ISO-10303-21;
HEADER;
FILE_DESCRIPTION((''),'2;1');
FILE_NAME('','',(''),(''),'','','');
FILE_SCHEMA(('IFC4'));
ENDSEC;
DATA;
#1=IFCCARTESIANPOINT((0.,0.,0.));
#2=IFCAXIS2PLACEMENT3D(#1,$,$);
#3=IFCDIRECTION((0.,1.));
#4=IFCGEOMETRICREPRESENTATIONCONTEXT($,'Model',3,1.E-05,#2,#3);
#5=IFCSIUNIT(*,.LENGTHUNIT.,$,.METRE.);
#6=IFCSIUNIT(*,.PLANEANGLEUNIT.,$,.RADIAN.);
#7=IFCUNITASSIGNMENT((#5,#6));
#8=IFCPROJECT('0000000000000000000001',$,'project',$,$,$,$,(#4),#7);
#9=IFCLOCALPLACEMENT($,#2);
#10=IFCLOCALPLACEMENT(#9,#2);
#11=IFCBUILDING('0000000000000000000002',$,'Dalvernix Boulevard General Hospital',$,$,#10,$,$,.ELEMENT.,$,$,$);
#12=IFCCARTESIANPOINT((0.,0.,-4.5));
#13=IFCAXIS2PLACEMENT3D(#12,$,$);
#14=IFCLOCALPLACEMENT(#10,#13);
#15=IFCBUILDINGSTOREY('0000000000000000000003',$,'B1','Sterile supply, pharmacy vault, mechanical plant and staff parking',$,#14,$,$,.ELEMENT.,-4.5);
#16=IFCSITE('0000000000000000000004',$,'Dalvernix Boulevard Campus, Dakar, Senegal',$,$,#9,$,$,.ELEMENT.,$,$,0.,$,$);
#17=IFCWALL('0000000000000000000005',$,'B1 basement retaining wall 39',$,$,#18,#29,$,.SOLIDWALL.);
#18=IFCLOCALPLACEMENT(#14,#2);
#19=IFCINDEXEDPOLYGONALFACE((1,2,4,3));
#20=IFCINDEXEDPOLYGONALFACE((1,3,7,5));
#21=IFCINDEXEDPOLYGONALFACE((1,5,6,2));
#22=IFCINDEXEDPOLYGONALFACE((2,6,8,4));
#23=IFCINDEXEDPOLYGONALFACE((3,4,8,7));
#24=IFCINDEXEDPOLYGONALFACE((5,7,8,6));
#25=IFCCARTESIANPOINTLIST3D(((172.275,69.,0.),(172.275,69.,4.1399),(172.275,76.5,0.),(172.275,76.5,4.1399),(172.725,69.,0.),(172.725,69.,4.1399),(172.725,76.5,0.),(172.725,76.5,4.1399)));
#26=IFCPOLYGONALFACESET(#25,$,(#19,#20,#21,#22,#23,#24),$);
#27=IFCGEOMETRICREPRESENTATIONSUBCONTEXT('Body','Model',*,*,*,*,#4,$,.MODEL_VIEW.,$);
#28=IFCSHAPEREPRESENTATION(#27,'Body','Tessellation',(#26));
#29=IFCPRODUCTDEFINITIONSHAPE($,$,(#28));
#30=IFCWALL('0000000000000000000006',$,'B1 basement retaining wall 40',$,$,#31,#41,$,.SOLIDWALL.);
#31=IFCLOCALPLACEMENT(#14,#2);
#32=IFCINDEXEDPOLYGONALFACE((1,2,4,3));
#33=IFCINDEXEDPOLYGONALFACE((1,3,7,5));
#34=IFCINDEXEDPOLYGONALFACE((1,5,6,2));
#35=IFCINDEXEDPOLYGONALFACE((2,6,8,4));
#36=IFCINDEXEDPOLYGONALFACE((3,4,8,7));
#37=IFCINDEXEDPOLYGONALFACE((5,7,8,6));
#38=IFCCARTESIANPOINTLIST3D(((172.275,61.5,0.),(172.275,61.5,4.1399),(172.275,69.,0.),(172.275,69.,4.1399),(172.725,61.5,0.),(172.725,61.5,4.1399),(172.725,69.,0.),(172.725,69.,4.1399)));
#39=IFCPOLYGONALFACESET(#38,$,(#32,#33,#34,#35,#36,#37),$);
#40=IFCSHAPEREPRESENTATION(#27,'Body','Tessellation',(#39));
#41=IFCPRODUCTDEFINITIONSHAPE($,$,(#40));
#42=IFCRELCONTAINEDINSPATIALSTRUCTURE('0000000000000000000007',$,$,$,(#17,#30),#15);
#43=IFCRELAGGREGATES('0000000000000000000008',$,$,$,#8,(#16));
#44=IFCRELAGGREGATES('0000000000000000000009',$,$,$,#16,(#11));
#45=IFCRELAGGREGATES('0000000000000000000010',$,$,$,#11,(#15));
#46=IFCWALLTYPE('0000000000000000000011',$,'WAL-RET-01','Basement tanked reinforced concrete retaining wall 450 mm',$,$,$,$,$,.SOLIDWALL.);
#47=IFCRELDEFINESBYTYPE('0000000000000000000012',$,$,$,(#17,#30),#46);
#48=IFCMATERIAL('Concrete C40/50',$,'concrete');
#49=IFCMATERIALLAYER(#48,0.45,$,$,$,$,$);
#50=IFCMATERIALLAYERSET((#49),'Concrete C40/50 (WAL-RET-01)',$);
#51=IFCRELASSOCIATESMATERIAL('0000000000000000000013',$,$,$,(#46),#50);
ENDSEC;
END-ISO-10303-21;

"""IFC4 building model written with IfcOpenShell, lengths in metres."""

from ifc_helpers import new_model, si_unit, direction, frame, frame_2d, origin, place, context, subcontext, project, spatial, rectangle, extrude, material, layer, layer_set, type_object, element, save


model = new_model("IFC4")

# Units and contexts
model_context = context("Model", 3, precision=1e-05, world=origin(), true_north=direction((0.0, 1.0)))
body_context = subcontext(model_context, "Body", "Model", "MODEL_VIEW")
ifc_project = project(units=[si_unit("LENGTHUNIT", "METRE"), si_unit("PLANEANGLEUNIT", "RADIAN")], contexts=[model_context])

# Site, building, storey
site_placement = place(None, origin())
site = spatial("IfcSite", under=ifc_project, at=site_placement, Name="Dalvernix Boulevard Campus, Dakar, Senegal", CompositionType="ELEMENT", RefElevation=0.0)
building_placement = place(site_placement, origin())
building = spatial("IfcBuilding", under=site, at=building_placement, Name="Dalvernix Boulevard General Hospital", CompositionType="ELEMENT")
storey_placement = place(building_placement, frame((0.0, 0.0, -4.5)))
storey = spatial("IfcBuildingStorey", under=building, at=storey_placement, Name="B1", Description="Sterile supply, pharmacy vault, mechanical plant and staff parking", CompositionType="ELEMENT", Elevation=-4.5)

# Shared definitions
ifc_material_1 = material(Name="Concrete C40/50", Category="concrete")

# Walls
ifc_layer = layer(ifc_material_1, 0.45)
ifc_layer_set = layer_set([ifc_layer], Name="Concrete C40/50 (WAL-RET-01)")
wall_type = type_object("IfcWallType", Name="WAL-RET-01", Description="Basement tanked reinforced concrete retaining wall 450 mm", PredefinedType="SOLIDWALL", material=ifc_layer_set)
for number, where, z_axis, x_axis, name in (
    (1, (172.5, 76.5, 0.0), (0.0, 0.0, 1.0), (0.0, -1.0, 0.0), "B1 basement retaining wall 39"),
    (2, (172.5, 69.0, 0.0), (0.0, 0.0, 1.0), (0.0, -1.0, 0.0), "B1 basement retaining wall 40"),
):
    element("IfcWall", number, at=place(storey_placement, frame(where, z_axis=z_axis, x_axis=x_axis)), inside=storey, type_object=wall_type, Name=name, PredefinedType="SOLIDWALL", context=body_context, shape_type="SweptSolid", body=[
        extrude(rectangle(XDim=7.5, YDim=0.45, at=frame_2d((3.75, 0.0))), origin(), (0.0, 0.0, 1.0), 4.1399),
    ])

save(model, "model.ifc")
